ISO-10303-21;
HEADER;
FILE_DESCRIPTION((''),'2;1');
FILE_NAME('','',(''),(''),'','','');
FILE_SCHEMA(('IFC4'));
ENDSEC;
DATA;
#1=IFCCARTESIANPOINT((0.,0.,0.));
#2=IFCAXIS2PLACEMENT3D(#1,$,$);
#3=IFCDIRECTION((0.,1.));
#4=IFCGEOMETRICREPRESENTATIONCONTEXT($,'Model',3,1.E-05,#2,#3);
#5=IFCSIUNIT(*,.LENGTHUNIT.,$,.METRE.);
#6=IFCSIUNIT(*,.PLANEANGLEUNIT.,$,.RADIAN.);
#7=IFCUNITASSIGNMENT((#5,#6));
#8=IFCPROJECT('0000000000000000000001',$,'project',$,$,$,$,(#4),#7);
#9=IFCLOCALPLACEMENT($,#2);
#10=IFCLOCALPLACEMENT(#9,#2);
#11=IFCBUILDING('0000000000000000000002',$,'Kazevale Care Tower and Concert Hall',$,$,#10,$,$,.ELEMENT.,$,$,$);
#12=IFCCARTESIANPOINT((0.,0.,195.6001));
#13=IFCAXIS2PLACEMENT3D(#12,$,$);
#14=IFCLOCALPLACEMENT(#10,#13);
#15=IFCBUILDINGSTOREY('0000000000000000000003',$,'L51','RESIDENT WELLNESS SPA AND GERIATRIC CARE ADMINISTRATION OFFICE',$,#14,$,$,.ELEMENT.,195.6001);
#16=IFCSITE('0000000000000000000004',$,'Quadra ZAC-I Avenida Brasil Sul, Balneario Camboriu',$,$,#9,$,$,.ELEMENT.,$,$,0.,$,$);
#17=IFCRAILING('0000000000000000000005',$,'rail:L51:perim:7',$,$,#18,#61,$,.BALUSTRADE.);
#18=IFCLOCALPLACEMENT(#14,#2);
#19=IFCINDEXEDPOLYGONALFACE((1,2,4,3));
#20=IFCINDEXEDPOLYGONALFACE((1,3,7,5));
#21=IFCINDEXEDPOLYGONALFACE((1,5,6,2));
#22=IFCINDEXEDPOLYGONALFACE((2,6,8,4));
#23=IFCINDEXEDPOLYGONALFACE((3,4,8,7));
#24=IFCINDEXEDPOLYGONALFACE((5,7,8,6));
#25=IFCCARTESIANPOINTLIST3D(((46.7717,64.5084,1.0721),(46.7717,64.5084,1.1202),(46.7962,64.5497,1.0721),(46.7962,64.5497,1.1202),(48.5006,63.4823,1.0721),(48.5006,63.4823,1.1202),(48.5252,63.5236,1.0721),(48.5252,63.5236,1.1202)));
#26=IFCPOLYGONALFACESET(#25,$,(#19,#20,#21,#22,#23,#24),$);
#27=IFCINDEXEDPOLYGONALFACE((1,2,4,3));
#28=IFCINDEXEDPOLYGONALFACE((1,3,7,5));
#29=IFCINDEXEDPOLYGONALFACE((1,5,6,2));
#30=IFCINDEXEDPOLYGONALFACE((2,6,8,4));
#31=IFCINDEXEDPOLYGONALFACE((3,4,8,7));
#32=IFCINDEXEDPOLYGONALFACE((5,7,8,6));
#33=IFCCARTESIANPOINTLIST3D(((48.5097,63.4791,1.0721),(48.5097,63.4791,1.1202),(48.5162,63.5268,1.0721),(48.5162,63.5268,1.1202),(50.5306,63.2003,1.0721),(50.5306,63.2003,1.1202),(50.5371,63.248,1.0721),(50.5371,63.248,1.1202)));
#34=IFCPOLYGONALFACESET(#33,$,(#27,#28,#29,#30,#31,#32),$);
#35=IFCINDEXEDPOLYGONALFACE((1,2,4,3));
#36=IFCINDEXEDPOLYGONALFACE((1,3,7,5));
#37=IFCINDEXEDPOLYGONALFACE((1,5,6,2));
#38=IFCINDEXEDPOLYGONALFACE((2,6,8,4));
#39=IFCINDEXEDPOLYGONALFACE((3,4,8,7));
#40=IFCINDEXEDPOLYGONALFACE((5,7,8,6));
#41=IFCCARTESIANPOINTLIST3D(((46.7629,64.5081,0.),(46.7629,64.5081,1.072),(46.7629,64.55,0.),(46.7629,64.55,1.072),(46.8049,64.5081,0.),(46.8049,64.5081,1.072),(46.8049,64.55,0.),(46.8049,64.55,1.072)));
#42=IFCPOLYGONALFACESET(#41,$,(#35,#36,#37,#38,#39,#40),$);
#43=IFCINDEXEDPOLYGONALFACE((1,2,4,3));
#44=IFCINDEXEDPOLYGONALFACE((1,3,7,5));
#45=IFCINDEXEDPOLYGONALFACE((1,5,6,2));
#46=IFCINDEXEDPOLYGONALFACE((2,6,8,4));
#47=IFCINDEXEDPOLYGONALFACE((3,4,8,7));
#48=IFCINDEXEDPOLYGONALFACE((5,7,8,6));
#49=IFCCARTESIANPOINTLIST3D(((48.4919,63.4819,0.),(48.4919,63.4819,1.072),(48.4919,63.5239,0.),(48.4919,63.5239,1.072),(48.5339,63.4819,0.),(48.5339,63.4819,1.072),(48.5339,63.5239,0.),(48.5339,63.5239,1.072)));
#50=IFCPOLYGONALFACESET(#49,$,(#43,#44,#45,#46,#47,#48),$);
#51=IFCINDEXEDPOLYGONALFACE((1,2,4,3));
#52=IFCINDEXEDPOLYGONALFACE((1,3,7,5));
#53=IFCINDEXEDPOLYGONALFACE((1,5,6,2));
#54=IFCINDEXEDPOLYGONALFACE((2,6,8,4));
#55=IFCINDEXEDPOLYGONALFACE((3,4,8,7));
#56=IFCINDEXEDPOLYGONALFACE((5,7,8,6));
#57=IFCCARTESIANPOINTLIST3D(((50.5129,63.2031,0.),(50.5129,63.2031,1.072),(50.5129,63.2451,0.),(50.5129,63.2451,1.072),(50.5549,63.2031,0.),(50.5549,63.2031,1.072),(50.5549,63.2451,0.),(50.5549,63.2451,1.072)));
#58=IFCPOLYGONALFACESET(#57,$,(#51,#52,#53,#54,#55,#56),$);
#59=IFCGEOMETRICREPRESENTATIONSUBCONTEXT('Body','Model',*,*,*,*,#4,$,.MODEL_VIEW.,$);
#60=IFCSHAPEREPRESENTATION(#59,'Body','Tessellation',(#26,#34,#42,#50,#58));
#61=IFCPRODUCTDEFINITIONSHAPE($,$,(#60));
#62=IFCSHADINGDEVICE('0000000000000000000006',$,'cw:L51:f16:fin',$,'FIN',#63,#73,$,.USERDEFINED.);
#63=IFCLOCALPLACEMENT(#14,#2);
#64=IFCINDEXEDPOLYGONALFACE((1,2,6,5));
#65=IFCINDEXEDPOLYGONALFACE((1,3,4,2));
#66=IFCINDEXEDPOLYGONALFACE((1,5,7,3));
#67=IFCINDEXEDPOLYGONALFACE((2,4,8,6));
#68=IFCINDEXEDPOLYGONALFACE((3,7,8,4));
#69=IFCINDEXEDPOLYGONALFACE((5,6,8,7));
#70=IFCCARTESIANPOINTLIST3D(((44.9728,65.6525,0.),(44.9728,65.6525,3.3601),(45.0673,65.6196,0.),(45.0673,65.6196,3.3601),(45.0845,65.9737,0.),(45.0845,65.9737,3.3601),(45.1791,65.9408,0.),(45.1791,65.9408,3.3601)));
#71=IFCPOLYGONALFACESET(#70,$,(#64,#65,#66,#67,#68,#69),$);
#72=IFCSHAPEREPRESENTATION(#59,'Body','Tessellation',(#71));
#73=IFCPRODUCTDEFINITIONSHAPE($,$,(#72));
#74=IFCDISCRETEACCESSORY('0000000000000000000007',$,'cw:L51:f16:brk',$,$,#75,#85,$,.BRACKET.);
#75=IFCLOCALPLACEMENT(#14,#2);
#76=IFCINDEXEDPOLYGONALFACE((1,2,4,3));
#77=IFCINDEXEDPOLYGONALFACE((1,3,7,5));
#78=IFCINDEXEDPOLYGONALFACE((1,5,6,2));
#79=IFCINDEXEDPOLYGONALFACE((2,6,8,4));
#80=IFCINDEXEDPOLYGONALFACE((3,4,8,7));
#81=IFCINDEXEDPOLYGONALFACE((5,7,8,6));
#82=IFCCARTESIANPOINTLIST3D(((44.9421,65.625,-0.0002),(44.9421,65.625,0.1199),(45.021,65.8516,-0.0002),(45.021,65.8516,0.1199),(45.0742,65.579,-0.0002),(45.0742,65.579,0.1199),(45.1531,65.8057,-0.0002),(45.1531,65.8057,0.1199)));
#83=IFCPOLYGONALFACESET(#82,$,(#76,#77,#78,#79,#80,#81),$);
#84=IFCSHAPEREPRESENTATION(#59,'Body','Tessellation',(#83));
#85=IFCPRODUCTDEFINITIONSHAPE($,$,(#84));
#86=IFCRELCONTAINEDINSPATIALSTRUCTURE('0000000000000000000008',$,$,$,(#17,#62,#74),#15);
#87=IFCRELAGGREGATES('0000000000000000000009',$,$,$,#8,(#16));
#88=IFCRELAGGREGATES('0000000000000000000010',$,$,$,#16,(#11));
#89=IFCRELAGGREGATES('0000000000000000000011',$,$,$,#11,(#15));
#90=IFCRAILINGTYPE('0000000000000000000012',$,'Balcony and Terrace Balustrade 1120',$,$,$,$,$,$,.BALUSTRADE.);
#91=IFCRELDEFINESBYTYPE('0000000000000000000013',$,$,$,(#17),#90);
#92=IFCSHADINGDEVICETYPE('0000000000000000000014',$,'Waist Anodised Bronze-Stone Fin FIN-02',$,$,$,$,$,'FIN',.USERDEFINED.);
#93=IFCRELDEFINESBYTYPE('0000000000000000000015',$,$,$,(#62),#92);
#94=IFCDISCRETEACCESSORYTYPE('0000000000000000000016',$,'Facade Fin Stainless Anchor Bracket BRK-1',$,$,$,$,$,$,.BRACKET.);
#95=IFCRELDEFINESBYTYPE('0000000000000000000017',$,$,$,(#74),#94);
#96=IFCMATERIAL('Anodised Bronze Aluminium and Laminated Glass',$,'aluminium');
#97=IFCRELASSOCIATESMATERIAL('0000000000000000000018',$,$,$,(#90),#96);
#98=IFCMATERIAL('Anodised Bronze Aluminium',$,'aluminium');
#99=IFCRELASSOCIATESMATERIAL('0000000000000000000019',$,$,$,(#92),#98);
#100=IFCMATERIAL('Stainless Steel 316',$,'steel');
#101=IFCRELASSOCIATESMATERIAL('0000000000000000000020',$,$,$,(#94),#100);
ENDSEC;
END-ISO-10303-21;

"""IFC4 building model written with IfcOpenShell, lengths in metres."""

from ifc_helpers import new_model, si_unit, direction, frame, origin, origin_2d, place, context, subcontext, project, spatial, rectangle, extrude, material, type_object, element, save


model = new_model("IFC4")

# Units and contexts
model_context = context("Model", 3, precision=1e-05, world=origin(), true_north=direction((0.0, 1.0)))
body_context = subcontext(model_context, "Body", "Model", "MODEL_VIEW")
ifc_project = project(units=[si_unit("LENGTHUNIT", "METRE"), si_unit("PLANEANGLEUNIT", "RADIAN")], contexts=[model_context])

# Site, building, storey
site_placement = place(None, origin())
site = spatial("IfcSite", under=ifc_project, at=site_placement, Name="Quadra ZAC-I Avenida Brasil Sul, Balneario Camboriu", CompositionType="ELEMENT", RefElevation=0.0)
building_placement = place(site_placement, origin())
building = spatial("IfcBuilding", under=site, at=building_placement, Name="Kazevale Care Tower and Concert Hall", CompositionType="ELEMENT")
storey_placement = place(building_placement, frame((0.0, 0.0, 195.6001)))
storey = spatial("IfcBuildingStorey", under=building, at=storey_placement, Name="L51", Description="RESIDENT WELLNESS SPA AND GERIATRIC CARE ADMINISTRATION OFFICE", CompositionType="ELEMENT", Elevation=195.6001)

# Railing
ifc_material_1 = material(Name="Anodised Bronze Aluminium and Laminated Glass", Category="aluminium")
railing_type = type_object("IfcRailingType", Name="Balcony and Terrace Balustrade 1120", PredefinedType="BALUSTRADE", material=ifc_material_1)
railing_1_placement = place(storey_placement, frame((46.7839, 64.5291, 0.0)))
element("IfcRailing", 1, at=railing_1_placement, inside=storey, type_object=railing_type, Name="rail:L51:perim:7", PredefinedType="BALUSTRADE", context=body_context, shape_type="SweptSolid", body=[
    extrude(rectangle(XDim=0.0481, YDim=0.0481, at=origin_2d()), frame((0.0, 0.0, 1.0962), z_axis=(0.859958, -0.510365, 0.0), x_axis=(0.510365, 0.859958, 0.0)), (0.0, 0.0, 1.0), 2.0105),
    extrude(rectangle(XDim=0.0481, YDim=0.0481, at=origin_2d()), frame((1.729, -1.0261, 1.0962), z_axis=(0.990618, -0.136662, 0.0), x_axis=(0.136662, 0.990618, 0.0)), (0.0, 0.0, 1.0), 2.04),
    extrude(rectangle(XDim=0.042, YDim=0.042, at=origin_2d()), origin(), (0.0, 0.0, 1.0), 1.072),
    extrude(rectangle(XDim=0.042, YDim=0.042, at=origin_2d()), frame((1.729, -1.0261, 0.0)), (0.0, 0.0, 1.0), 1.072),
    extrude(rectangle(XDim=0.042, YDim=0.042, at=origin_2d()), frame((3.75, -1.3049, 0.0)), (0.0, 0.0, 1.0), 1.072),
])

# Shading device
ifc_material_2 = material(Name="Anodised Bronze Aluminium", Category="aluminium")
shading_device_type = type_object("IfcShadingDeviceType", Name="Waist Anodised Bronze-Stone Fin FIN-02", ElementType="FIN", PredefinedType="USERDEFINED", material=ifc_material_2)
shading_device_placement = place(storey_placement, frame((45.0759, 65.7966, 0.0), z_axis=(0.0, 0.0, 1.0), x_axis=(0.328537, 0.944491, 0.0)))
element("IfcShadingDevice", 2, at=shading_device_placement, inside=storey, type_object=shading_device_type, Name="cw:L51:f16:fin", ObjectType="FIN", PredefinedType="USERDEFINED", context=body_context, shape_type="SweptSolid", body=[
    extrude(rectangle(XDim=0.3401, YDim=0.1001, at=origin_2d()), origin(), (0.0, 0.0, 1.0), 3.3601),
])

# Discrete accessory
ifc_material_3 = material(Name="Stainless Steel 316", Category="steel")
discrete_accessory_type = type_object("IfcDiscreteAccessoryType", Name="Facade Fin Stainless Anchor Bracket BRK-1", PredefinedType="BRACKET", material=ifc_material_3)
discrete_accessory_placement = place(storey_placement, frame((45.0476, 65.7153, -0.0002), z_axis=(0.0, 0.0, 1.0), x_axis=(0.328537, 0.944491, 0.0)))
element("IfcDiscreteAccessory", 3, at=discrete_accessory_placement, inside=storey, type_object=discrete_accessory_type, Name="cw:L51:f16:brk", PredefinedType="BRACKET", context=body_context, shape_type="SweptSolid", body=[
    extrude(rectangle(XDim=0.24, YDim=0.1399, at=origin_2d()), origin(), (0.0, 0.0, 1.0), 0.1201),
])

save(model, "model.ifc")
